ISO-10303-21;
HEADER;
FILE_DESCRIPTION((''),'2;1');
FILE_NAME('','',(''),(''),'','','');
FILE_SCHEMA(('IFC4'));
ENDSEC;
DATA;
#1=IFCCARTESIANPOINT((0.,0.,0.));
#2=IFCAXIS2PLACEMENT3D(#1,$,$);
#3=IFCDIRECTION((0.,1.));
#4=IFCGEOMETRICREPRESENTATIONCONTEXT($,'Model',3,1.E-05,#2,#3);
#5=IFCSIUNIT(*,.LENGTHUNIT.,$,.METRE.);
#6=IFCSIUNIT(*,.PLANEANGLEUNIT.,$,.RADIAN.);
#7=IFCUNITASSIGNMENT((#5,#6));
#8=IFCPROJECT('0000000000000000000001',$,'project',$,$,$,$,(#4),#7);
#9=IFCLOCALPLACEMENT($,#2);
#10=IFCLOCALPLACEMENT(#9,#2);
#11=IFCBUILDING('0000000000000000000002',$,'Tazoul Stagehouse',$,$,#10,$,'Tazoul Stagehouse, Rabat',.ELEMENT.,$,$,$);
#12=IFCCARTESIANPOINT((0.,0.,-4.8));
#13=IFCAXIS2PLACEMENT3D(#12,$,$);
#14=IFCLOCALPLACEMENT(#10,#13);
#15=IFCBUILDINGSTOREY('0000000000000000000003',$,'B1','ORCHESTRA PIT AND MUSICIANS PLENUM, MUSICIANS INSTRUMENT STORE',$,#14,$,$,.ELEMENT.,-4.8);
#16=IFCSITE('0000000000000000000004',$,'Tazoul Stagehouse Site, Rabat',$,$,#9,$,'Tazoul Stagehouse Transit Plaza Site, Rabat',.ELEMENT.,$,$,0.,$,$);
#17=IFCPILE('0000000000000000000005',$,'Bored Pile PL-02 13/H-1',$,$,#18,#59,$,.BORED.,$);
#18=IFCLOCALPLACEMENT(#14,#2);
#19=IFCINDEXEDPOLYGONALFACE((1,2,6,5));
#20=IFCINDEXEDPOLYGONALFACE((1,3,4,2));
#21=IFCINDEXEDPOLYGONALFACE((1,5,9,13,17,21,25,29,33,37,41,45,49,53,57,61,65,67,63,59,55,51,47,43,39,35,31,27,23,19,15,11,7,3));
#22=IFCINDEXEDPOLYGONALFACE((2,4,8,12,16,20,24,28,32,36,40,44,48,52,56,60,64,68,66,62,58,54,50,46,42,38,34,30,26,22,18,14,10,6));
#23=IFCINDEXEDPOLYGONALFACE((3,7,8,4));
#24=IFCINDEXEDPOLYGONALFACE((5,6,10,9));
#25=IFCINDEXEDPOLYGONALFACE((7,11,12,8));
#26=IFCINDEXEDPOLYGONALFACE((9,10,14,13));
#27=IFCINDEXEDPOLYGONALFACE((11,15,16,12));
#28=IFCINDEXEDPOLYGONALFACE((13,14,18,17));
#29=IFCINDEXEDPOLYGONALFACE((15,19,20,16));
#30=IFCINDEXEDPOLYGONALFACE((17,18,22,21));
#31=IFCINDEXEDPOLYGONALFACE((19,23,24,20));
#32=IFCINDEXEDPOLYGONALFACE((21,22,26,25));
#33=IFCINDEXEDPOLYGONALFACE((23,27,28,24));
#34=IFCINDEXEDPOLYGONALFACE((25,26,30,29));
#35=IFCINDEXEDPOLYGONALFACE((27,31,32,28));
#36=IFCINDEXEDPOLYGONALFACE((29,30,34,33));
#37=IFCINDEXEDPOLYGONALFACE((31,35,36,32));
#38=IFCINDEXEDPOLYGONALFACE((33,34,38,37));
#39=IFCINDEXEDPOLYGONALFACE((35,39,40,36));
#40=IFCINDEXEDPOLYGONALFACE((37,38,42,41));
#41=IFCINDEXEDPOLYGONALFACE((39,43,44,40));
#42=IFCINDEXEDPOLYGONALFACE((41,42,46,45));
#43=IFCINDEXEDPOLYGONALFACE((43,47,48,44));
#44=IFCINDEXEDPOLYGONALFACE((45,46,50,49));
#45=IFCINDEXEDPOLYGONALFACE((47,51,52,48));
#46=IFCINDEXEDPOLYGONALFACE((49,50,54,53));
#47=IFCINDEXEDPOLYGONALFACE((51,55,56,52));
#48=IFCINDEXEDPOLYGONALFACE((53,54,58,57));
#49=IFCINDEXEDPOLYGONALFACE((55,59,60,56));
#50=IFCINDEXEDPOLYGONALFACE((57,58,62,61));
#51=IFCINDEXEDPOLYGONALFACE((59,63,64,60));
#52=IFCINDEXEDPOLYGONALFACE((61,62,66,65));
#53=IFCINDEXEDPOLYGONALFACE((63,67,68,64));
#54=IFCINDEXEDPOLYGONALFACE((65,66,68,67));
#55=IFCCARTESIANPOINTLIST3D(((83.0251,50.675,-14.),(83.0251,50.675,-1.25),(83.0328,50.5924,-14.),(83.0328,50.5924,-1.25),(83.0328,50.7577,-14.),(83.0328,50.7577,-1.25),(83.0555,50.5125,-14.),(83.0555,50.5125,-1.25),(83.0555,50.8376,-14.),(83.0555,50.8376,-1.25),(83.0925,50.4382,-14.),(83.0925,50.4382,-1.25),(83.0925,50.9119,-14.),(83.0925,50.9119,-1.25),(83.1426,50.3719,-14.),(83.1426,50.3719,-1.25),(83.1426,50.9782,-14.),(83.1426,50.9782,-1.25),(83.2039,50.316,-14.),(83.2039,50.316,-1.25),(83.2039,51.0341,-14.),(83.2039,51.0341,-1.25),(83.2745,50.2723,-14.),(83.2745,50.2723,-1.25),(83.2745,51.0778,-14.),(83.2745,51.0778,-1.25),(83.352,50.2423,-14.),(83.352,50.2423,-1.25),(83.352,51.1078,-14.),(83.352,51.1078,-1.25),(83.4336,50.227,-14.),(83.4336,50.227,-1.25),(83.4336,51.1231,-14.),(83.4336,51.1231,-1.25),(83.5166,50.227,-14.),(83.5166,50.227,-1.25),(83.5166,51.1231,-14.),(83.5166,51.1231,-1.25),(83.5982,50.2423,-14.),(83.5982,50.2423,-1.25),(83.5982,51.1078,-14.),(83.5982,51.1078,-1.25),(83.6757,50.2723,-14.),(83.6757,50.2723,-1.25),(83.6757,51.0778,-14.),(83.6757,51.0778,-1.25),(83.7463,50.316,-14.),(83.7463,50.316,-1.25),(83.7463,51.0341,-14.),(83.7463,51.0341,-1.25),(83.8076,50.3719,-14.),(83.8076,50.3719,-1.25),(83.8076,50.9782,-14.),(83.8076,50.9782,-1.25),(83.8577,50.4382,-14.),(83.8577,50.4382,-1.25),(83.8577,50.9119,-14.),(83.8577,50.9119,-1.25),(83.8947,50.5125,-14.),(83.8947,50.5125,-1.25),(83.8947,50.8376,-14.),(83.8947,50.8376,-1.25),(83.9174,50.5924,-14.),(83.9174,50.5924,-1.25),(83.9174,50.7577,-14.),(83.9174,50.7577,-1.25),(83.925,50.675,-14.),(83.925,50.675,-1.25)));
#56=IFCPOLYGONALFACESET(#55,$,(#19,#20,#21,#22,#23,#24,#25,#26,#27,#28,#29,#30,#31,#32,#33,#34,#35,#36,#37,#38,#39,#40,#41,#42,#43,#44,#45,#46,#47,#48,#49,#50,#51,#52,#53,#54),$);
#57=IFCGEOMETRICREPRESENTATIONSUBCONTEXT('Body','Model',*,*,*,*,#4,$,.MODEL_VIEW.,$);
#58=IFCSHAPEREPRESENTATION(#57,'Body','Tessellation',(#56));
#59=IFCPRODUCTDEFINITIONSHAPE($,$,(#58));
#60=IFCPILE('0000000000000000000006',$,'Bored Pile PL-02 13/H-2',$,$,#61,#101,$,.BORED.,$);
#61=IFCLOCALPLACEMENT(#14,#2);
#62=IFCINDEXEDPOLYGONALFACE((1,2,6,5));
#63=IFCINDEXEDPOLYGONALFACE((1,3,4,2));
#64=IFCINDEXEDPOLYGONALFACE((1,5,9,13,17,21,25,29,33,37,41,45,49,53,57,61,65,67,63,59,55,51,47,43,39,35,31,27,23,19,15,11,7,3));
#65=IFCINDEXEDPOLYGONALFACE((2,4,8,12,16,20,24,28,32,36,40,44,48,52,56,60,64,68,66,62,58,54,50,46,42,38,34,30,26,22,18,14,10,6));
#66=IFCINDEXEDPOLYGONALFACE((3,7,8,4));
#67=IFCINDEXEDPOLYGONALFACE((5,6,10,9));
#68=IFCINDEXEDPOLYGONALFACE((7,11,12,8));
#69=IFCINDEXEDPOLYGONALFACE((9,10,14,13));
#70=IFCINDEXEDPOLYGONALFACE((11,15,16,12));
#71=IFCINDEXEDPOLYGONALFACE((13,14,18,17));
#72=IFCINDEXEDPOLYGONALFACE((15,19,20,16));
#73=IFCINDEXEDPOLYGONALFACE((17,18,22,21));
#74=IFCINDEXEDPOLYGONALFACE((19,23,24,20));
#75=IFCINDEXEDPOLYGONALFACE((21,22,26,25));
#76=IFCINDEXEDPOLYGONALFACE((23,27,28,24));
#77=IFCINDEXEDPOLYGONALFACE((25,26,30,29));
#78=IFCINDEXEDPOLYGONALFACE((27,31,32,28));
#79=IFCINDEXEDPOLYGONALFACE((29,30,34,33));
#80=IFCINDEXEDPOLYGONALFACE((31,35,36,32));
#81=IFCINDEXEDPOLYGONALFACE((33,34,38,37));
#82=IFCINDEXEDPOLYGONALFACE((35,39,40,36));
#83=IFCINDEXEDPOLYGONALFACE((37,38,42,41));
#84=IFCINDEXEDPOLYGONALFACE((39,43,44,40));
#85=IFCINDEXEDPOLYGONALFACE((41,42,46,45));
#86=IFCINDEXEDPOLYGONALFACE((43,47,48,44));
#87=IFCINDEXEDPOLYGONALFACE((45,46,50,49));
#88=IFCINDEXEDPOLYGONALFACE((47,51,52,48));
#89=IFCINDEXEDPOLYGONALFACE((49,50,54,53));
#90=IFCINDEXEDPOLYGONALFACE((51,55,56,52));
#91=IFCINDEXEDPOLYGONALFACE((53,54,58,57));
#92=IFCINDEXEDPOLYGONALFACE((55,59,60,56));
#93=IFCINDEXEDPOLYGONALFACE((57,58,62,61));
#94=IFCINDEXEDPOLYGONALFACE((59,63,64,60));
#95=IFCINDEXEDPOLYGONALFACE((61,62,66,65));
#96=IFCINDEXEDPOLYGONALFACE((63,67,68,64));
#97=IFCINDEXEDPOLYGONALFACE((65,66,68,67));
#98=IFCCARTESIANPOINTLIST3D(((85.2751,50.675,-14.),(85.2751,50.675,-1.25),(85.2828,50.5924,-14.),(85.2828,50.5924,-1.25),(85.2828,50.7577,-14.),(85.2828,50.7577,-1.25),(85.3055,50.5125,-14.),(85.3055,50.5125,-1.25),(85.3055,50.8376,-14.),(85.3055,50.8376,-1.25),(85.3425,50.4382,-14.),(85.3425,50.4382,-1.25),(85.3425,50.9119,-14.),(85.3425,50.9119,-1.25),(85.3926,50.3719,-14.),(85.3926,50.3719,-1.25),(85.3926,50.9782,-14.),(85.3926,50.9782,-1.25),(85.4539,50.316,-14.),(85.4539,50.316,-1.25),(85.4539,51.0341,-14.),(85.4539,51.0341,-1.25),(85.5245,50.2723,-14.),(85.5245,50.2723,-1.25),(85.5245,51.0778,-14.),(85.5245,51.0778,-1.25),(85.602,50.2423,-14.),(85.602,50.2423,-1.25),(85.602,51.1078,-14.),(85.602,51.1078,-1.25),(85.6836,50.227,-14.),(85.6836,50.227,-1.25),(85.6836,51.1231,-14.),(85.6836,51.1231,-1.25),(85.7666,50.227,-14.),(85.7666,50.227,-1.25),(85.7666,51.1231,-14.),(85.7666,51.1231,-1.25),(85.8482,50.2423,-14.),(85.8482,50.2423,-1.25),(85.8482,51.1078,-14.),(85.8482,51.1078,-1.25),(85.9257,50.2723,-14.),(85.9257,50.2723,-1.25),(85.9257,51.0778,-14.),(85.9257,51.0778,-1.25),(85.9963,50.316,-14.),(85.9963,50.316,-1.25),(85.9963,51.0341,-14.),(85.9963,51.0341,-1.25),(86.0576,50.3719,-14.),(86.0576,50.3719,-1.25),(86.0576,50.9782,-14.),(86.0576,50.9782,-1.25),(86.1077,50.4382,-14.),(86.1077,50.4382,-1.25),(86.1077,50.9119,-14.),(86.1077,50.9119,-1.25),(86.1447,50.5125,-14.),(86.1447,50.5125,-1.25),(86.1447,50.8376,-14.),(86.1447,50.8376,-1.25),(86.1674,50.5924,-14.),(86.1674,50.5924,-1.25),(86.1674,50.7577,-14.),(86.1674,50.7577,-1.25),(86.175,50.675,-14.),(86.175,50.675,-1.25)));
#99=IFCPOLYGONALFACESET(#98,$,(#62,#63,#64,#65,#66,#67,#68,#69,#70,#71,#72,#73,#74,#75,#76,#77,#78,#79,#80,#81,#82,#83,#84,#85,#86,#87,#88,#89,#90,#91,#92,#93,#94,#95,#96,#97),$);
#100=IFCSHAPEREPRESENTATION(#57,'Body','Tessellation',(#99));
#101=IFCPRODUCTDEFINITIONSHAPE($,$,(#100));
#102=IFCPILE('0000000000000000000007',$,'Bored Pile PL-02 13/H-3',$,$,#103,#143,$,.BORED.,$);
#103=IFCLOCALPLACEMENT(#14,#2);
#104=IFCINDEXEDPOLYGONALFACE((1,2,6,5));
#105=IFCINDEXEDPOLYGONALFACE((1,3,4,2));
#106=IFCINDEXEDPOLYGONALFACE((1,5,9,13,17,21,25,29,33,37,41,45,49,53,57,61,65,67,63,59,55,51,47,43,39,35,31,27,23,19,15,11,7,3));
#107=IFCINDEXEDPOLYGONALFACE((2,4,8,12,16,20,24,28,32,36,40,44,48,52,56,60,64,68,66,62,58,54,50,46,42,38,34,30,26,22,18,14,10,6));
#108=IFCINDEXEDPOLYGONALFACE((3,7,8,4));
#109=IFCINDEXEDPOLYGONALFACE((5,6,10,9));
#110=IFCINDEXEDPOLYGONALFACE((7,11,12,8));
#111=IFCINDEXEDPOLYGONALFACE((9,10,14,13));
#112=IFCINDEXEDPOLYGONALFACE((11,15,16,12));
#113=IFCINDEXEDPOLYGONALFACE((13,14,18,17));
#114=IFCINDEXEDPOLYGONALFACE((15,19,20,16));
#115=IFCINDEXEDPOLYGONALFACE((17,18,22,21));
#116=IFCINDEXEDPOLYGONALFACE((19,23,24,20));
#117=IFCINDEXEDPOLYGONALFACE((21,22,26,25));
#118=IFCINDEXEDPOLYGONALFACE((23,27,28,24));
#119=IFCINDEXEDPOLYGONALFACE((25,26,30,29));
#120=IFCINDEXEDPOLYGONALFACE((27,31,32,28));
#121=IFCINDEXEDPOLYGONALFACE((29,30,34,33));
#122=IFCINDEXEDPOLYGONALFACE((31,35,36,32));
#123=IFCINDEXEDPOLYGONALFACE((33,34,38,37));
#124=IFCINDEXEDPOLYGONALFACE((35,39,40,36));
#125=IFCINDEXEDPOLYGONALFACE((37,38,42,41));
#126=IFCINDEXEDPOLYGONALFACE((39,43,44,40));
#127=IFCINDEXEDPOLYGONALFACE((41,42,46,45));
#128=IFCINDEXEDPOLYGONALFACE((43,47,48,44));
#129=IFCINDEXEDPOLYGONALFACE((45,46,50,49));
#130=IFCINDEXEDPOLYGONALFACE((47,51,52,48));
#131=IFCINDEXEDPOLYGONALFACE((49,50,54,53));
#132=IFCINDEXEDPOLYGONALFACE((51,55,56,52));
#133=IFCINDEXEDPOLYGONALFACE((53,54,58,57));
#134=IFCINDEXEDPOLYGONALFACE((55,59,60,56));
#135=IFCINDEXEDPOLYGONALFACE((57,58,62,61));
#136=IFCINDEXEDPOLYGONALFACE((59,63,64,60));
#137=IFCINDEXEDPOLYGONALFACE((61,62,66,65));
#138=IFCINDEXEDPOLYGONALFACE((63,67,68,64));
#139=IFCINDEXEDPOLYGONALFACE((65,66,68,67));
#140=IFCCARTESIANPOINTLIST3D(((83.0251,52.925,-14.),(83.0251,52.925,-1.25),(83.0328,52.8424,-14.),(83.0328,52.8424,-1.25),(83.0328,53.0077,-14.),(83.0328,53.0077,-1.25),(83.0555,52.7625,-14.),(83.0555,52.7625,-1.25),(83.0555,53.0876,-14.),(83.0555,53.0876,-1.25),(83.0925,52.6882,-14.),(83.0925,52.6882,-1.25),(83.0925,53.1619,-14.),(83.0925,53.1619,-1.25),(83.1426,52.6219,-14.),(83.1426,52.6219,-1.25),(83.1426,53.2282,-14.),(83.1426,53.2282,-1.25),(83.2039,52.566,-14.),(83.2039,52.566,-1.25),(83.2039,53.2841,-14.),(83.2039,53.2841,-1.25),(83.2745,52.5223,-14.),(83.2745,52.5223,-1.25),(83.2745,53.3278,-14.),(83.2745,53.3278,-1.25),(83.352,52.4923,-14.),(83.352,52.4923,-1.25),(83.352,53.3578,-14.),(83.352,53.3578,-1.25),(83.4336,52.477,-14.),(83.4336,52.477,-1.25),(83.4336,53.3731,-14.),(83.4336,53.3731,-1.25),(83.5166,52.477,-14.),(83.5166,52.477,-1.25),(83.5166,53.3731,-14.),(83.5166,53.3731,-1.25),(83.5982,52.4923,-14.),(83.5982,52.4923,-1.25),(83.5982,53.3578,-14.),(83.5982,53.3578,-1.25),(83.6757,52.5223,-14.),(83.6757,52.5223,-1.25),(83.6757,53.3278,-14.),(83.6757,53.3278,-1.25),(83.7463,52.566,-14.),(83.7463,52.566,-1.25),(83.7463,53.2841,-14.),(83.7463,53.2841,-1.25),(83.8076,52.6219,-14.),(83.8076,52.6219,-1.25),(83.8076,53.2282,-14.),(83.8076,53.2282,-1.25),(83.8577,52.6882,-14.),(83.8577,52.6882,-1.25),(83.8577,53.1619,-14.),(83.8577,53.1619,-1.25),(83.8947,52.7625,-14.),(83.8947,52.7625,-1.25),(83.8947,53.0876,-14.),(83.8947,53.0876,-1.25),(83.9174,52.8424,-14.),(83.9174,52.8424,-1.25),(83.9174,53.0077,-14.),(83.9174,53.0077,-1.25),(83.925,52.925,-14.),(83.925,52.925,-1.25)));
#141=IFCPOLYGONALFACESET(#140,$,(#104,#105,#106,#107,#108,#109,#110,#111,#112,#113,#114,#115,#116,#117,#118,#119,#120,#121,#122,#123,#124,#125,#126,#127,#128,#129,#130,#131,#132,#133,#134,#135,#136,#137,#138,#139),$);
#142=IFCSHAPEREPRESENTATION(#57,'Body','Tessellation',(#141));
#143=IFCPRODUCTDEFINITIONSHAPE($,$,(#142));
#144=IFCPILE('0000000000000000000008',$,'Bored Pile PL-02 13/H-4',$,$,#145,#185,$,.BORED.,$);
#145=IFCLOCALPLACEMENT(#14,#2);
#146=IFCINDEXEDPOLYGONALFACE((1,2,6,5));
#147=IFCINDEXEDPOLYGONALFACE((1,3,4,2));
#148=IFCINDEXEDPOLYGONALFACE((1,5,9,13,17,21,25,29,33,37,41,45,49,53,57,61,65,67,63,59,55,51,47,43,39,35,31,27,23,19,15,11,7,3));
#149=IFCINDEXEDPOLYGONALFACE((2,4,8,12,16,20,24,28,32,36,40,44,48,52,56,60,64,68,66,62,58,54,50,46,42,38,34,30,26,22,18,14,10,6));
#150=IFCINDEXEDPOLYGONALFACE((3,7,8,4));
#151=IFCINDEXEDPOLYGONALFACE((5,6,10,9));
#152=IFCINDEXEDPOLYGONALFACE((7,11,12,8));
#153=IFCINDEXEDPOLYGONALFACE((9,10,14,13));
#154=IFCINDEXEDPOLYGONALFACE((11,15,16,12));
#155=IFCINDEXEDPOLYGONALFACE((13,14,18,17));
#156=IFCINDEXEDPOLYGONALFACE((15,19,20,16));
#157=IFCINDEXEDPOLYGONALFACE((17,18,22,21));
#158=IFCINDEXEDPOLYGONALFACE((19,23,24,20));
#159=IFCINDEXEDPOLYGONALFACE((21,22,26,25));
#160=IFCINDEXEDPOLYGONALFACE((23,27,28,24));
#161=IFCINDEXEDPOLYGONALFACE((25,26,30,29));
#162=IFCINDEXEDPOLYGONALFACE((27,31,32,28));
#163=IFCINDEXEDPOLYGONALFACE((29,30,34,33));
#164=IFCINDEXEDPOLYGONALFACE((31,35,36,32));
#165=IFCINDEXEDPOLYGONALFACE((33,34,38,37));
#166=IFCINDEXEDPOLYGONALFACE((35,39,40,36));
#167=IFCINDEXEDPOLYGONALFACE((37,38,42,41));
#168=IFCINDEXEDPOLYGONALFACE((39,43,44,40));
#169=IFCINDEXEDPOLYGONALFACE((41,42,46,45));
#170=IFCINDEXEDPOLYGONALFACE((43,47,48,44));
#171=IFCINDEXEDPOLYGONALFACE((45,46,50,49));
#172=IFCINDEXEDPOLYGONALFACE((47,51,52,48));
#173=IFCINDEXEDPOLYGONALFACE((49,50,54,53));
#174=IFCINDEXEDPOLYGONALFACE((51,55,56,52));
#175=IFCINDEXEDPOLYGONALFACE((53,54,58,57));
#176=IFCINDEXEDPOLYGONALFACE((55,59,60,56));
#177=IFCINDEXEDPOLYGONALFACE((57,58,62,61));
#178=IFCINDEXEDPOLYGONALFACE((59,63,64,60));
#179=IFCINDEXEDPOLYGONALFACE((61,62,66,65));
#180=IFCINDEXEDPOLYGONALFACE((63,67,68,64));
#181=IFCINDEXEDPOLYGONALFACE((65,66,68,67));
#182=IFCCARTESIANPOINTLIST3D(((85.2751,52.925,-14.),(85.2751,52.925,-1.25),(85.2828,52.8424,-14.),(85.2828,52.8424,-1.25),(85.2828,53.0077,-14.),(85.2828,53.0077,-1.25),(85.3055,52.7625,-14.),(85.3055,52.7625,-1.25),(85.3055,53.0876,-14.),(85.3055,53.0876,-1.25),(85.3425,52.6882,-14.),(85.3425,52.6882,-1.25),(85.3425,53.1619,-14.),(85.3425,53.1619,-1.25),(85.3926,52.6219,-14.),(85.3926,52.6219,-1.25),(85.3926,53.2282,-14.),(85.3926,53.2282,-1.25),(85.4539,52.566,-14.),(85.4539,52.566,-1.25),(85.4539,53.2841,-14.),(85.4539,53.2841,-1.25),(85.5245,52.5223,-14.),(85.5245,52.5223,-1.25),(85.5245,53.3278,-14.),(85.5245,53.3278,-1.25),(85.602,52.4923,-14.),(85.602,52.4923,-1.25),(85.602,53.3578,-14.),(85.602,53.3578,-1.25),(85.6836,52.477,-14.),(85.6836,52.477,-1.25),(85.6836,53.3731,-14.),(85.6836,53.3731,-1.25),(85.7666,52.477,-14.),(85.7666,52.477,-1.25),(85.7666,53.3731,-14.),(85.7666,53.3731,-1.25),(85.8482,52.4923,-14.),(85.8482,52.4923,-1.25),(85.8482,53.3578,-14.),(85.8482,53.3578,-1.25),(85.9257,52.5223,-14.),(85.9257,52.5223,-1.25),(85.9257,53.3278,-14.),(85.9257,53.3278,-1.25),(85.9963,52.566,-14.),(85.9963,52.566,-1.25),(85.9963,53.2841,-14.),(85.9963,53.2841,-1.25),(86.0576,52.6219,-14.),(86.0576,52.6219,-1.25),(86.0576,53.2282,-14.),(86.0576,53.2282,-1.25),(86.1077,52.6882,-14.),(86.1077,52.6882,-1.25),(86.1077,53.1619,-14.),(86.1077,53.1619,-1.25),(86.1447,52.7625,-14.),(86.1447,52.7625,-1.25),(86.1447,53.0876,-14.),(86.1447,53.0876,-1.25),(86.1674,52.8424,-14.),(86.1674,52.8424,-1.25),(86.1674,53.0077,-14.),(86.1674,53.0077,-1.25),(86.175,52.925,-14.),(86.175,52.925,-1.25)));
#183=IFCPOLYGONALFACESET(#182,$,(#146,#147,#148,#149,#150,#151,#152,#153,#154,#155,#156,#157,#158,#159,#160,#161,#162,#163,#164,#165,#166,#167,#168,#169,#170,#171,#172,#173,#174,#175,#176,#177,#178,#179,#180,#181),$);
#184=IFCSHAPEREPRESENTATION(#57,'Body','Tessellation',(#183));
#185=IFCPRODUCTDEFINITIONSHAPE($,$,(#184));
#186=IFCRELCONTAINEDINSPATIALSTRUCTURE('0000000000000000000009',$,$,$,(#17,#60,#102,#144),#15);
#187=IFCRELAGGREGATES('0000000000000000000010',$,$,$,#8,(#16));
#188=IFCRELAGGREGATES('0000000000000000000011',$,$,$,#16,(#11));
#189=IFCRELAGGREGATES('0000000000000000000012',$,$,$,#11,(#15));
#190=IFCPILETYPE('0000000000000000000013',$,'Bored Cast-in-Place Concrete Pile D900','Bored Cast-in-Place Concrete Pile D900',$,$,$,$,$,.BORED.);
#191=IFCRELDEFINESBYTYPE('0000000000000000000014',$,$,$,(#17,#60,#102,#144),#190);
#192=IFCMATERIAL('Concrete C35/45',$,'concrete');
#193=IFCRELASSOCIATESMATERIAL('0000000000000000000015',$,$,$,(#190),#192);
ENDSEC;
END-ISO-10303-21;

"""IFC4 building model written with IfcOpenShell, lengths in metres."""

from ifc_helpers import new_model, si_unit, direction, frame, origin, origin_2d, place, context, subcontext, project, spatial, circle, extrude, material, material_profile, profile_set, type_object, element, save


model = new_model("IFC4")

# Units and contexts
model_context = context("Model", 3, precision=1e-05, world=origin(), true_north=direction((0.0, 1.0)))
body_context = subcontext(model_context, "Body", "Model", "MODEL_VIEW")
ifc_project = project(units=[si_unit("LENGTHUNIT", "METRE"), si_unit("PLANEANGLEUNIT", "RADIAN")], contexts=[model_context])

# Site, building, storey
site_placement = place(None, origin())
site = spatial("IfcSite", under=ifc_project, at=site_placement, Name="Tazoul Stagehouse Site, Rabat", LongName="Tazoul Stagehouse Transit Plaza Site, Rabat", CompositionType="ELEMENT", RefElevation=0.0)
building_placement = place(site_placement, origin())
building = spatial("IfcBuilding", under=site, at=building_placement, Name="Tazoul Stagehouse", LongName="Tazoul Stagehouse, Rabat", CompositionType="ELEMENT")
storey_placement = place(building_placement, frame((0.0, 0.0, -4.8)))
storey = spatial("IfcBuildingStorey", under=building, at=storey_placement, Name="B1", Description="ORCHESTRA PIT AND MUSICIANS PLENUM, MUSICIANS INSTRUMENT STORE", CompositionType="ELEMENT", Elevation=-4.8)

# Piles
ifc_material_1 = material(Name="Concrete C35/45", Category="concrete")
ifc_material_profile_1 = material_profile(ifc_material_1, circle(Radius=0.45, at=origin_2d()), Name="BORED PILE 900")
ifc_profile_set_1 = profile_set([ifc_material_profile_1], Name="Concrete C35/45")
pile_type_1 = type_object("IfcPileType", Name="Bored Cast-in-Place Concrete Pile D900", Description="Bored Cast-in-Place Concrete Pile D900", PredefinedType="BORED", material=ifc_profile_set_1)
for number, where, z_axis, x_axis, name in (
    (1, (83.4751, 50.675, -1.25), (0.0, 0.0, -1.0), (1.0, 0.0, 0.0), "Bored Pile PL-02 13/H-1"),
    (2, (85.7251, 50.675, -1.25), (0.0, 0.0, -1.0), (1.0, 0.0, 0.0), "Bored Pile PL-02 13/H-2"),
    (3, (83.4751, 52.925, -1.25), (0.0, 0.0, -1.0), (1.0, 0.0, 0.0), "Bored Pile PL-02 13/H-3"),
    (4, (85.7251, 52.925, -1.25), (0.0, 0.0, -1.0), (1.0, 0.0, 0.0), "Bored Pile PL-02 13/H-4"),
):
    element("IfcPile", number, at=place(storey_placement, frame(where, z_axis=z_axis, x_axis=x_axis)), inside=storey, type_object=pile_type_1, Name=name, PredefinedType="BORED", context=body_context, shape_type="SweptSolid", body=[
        extrude(circle(Radius=0.45, at=origin_2d()), origin(), (0.0, 0.0, 1.0), 12.75),
    ])

save(model, "model.ifc")
